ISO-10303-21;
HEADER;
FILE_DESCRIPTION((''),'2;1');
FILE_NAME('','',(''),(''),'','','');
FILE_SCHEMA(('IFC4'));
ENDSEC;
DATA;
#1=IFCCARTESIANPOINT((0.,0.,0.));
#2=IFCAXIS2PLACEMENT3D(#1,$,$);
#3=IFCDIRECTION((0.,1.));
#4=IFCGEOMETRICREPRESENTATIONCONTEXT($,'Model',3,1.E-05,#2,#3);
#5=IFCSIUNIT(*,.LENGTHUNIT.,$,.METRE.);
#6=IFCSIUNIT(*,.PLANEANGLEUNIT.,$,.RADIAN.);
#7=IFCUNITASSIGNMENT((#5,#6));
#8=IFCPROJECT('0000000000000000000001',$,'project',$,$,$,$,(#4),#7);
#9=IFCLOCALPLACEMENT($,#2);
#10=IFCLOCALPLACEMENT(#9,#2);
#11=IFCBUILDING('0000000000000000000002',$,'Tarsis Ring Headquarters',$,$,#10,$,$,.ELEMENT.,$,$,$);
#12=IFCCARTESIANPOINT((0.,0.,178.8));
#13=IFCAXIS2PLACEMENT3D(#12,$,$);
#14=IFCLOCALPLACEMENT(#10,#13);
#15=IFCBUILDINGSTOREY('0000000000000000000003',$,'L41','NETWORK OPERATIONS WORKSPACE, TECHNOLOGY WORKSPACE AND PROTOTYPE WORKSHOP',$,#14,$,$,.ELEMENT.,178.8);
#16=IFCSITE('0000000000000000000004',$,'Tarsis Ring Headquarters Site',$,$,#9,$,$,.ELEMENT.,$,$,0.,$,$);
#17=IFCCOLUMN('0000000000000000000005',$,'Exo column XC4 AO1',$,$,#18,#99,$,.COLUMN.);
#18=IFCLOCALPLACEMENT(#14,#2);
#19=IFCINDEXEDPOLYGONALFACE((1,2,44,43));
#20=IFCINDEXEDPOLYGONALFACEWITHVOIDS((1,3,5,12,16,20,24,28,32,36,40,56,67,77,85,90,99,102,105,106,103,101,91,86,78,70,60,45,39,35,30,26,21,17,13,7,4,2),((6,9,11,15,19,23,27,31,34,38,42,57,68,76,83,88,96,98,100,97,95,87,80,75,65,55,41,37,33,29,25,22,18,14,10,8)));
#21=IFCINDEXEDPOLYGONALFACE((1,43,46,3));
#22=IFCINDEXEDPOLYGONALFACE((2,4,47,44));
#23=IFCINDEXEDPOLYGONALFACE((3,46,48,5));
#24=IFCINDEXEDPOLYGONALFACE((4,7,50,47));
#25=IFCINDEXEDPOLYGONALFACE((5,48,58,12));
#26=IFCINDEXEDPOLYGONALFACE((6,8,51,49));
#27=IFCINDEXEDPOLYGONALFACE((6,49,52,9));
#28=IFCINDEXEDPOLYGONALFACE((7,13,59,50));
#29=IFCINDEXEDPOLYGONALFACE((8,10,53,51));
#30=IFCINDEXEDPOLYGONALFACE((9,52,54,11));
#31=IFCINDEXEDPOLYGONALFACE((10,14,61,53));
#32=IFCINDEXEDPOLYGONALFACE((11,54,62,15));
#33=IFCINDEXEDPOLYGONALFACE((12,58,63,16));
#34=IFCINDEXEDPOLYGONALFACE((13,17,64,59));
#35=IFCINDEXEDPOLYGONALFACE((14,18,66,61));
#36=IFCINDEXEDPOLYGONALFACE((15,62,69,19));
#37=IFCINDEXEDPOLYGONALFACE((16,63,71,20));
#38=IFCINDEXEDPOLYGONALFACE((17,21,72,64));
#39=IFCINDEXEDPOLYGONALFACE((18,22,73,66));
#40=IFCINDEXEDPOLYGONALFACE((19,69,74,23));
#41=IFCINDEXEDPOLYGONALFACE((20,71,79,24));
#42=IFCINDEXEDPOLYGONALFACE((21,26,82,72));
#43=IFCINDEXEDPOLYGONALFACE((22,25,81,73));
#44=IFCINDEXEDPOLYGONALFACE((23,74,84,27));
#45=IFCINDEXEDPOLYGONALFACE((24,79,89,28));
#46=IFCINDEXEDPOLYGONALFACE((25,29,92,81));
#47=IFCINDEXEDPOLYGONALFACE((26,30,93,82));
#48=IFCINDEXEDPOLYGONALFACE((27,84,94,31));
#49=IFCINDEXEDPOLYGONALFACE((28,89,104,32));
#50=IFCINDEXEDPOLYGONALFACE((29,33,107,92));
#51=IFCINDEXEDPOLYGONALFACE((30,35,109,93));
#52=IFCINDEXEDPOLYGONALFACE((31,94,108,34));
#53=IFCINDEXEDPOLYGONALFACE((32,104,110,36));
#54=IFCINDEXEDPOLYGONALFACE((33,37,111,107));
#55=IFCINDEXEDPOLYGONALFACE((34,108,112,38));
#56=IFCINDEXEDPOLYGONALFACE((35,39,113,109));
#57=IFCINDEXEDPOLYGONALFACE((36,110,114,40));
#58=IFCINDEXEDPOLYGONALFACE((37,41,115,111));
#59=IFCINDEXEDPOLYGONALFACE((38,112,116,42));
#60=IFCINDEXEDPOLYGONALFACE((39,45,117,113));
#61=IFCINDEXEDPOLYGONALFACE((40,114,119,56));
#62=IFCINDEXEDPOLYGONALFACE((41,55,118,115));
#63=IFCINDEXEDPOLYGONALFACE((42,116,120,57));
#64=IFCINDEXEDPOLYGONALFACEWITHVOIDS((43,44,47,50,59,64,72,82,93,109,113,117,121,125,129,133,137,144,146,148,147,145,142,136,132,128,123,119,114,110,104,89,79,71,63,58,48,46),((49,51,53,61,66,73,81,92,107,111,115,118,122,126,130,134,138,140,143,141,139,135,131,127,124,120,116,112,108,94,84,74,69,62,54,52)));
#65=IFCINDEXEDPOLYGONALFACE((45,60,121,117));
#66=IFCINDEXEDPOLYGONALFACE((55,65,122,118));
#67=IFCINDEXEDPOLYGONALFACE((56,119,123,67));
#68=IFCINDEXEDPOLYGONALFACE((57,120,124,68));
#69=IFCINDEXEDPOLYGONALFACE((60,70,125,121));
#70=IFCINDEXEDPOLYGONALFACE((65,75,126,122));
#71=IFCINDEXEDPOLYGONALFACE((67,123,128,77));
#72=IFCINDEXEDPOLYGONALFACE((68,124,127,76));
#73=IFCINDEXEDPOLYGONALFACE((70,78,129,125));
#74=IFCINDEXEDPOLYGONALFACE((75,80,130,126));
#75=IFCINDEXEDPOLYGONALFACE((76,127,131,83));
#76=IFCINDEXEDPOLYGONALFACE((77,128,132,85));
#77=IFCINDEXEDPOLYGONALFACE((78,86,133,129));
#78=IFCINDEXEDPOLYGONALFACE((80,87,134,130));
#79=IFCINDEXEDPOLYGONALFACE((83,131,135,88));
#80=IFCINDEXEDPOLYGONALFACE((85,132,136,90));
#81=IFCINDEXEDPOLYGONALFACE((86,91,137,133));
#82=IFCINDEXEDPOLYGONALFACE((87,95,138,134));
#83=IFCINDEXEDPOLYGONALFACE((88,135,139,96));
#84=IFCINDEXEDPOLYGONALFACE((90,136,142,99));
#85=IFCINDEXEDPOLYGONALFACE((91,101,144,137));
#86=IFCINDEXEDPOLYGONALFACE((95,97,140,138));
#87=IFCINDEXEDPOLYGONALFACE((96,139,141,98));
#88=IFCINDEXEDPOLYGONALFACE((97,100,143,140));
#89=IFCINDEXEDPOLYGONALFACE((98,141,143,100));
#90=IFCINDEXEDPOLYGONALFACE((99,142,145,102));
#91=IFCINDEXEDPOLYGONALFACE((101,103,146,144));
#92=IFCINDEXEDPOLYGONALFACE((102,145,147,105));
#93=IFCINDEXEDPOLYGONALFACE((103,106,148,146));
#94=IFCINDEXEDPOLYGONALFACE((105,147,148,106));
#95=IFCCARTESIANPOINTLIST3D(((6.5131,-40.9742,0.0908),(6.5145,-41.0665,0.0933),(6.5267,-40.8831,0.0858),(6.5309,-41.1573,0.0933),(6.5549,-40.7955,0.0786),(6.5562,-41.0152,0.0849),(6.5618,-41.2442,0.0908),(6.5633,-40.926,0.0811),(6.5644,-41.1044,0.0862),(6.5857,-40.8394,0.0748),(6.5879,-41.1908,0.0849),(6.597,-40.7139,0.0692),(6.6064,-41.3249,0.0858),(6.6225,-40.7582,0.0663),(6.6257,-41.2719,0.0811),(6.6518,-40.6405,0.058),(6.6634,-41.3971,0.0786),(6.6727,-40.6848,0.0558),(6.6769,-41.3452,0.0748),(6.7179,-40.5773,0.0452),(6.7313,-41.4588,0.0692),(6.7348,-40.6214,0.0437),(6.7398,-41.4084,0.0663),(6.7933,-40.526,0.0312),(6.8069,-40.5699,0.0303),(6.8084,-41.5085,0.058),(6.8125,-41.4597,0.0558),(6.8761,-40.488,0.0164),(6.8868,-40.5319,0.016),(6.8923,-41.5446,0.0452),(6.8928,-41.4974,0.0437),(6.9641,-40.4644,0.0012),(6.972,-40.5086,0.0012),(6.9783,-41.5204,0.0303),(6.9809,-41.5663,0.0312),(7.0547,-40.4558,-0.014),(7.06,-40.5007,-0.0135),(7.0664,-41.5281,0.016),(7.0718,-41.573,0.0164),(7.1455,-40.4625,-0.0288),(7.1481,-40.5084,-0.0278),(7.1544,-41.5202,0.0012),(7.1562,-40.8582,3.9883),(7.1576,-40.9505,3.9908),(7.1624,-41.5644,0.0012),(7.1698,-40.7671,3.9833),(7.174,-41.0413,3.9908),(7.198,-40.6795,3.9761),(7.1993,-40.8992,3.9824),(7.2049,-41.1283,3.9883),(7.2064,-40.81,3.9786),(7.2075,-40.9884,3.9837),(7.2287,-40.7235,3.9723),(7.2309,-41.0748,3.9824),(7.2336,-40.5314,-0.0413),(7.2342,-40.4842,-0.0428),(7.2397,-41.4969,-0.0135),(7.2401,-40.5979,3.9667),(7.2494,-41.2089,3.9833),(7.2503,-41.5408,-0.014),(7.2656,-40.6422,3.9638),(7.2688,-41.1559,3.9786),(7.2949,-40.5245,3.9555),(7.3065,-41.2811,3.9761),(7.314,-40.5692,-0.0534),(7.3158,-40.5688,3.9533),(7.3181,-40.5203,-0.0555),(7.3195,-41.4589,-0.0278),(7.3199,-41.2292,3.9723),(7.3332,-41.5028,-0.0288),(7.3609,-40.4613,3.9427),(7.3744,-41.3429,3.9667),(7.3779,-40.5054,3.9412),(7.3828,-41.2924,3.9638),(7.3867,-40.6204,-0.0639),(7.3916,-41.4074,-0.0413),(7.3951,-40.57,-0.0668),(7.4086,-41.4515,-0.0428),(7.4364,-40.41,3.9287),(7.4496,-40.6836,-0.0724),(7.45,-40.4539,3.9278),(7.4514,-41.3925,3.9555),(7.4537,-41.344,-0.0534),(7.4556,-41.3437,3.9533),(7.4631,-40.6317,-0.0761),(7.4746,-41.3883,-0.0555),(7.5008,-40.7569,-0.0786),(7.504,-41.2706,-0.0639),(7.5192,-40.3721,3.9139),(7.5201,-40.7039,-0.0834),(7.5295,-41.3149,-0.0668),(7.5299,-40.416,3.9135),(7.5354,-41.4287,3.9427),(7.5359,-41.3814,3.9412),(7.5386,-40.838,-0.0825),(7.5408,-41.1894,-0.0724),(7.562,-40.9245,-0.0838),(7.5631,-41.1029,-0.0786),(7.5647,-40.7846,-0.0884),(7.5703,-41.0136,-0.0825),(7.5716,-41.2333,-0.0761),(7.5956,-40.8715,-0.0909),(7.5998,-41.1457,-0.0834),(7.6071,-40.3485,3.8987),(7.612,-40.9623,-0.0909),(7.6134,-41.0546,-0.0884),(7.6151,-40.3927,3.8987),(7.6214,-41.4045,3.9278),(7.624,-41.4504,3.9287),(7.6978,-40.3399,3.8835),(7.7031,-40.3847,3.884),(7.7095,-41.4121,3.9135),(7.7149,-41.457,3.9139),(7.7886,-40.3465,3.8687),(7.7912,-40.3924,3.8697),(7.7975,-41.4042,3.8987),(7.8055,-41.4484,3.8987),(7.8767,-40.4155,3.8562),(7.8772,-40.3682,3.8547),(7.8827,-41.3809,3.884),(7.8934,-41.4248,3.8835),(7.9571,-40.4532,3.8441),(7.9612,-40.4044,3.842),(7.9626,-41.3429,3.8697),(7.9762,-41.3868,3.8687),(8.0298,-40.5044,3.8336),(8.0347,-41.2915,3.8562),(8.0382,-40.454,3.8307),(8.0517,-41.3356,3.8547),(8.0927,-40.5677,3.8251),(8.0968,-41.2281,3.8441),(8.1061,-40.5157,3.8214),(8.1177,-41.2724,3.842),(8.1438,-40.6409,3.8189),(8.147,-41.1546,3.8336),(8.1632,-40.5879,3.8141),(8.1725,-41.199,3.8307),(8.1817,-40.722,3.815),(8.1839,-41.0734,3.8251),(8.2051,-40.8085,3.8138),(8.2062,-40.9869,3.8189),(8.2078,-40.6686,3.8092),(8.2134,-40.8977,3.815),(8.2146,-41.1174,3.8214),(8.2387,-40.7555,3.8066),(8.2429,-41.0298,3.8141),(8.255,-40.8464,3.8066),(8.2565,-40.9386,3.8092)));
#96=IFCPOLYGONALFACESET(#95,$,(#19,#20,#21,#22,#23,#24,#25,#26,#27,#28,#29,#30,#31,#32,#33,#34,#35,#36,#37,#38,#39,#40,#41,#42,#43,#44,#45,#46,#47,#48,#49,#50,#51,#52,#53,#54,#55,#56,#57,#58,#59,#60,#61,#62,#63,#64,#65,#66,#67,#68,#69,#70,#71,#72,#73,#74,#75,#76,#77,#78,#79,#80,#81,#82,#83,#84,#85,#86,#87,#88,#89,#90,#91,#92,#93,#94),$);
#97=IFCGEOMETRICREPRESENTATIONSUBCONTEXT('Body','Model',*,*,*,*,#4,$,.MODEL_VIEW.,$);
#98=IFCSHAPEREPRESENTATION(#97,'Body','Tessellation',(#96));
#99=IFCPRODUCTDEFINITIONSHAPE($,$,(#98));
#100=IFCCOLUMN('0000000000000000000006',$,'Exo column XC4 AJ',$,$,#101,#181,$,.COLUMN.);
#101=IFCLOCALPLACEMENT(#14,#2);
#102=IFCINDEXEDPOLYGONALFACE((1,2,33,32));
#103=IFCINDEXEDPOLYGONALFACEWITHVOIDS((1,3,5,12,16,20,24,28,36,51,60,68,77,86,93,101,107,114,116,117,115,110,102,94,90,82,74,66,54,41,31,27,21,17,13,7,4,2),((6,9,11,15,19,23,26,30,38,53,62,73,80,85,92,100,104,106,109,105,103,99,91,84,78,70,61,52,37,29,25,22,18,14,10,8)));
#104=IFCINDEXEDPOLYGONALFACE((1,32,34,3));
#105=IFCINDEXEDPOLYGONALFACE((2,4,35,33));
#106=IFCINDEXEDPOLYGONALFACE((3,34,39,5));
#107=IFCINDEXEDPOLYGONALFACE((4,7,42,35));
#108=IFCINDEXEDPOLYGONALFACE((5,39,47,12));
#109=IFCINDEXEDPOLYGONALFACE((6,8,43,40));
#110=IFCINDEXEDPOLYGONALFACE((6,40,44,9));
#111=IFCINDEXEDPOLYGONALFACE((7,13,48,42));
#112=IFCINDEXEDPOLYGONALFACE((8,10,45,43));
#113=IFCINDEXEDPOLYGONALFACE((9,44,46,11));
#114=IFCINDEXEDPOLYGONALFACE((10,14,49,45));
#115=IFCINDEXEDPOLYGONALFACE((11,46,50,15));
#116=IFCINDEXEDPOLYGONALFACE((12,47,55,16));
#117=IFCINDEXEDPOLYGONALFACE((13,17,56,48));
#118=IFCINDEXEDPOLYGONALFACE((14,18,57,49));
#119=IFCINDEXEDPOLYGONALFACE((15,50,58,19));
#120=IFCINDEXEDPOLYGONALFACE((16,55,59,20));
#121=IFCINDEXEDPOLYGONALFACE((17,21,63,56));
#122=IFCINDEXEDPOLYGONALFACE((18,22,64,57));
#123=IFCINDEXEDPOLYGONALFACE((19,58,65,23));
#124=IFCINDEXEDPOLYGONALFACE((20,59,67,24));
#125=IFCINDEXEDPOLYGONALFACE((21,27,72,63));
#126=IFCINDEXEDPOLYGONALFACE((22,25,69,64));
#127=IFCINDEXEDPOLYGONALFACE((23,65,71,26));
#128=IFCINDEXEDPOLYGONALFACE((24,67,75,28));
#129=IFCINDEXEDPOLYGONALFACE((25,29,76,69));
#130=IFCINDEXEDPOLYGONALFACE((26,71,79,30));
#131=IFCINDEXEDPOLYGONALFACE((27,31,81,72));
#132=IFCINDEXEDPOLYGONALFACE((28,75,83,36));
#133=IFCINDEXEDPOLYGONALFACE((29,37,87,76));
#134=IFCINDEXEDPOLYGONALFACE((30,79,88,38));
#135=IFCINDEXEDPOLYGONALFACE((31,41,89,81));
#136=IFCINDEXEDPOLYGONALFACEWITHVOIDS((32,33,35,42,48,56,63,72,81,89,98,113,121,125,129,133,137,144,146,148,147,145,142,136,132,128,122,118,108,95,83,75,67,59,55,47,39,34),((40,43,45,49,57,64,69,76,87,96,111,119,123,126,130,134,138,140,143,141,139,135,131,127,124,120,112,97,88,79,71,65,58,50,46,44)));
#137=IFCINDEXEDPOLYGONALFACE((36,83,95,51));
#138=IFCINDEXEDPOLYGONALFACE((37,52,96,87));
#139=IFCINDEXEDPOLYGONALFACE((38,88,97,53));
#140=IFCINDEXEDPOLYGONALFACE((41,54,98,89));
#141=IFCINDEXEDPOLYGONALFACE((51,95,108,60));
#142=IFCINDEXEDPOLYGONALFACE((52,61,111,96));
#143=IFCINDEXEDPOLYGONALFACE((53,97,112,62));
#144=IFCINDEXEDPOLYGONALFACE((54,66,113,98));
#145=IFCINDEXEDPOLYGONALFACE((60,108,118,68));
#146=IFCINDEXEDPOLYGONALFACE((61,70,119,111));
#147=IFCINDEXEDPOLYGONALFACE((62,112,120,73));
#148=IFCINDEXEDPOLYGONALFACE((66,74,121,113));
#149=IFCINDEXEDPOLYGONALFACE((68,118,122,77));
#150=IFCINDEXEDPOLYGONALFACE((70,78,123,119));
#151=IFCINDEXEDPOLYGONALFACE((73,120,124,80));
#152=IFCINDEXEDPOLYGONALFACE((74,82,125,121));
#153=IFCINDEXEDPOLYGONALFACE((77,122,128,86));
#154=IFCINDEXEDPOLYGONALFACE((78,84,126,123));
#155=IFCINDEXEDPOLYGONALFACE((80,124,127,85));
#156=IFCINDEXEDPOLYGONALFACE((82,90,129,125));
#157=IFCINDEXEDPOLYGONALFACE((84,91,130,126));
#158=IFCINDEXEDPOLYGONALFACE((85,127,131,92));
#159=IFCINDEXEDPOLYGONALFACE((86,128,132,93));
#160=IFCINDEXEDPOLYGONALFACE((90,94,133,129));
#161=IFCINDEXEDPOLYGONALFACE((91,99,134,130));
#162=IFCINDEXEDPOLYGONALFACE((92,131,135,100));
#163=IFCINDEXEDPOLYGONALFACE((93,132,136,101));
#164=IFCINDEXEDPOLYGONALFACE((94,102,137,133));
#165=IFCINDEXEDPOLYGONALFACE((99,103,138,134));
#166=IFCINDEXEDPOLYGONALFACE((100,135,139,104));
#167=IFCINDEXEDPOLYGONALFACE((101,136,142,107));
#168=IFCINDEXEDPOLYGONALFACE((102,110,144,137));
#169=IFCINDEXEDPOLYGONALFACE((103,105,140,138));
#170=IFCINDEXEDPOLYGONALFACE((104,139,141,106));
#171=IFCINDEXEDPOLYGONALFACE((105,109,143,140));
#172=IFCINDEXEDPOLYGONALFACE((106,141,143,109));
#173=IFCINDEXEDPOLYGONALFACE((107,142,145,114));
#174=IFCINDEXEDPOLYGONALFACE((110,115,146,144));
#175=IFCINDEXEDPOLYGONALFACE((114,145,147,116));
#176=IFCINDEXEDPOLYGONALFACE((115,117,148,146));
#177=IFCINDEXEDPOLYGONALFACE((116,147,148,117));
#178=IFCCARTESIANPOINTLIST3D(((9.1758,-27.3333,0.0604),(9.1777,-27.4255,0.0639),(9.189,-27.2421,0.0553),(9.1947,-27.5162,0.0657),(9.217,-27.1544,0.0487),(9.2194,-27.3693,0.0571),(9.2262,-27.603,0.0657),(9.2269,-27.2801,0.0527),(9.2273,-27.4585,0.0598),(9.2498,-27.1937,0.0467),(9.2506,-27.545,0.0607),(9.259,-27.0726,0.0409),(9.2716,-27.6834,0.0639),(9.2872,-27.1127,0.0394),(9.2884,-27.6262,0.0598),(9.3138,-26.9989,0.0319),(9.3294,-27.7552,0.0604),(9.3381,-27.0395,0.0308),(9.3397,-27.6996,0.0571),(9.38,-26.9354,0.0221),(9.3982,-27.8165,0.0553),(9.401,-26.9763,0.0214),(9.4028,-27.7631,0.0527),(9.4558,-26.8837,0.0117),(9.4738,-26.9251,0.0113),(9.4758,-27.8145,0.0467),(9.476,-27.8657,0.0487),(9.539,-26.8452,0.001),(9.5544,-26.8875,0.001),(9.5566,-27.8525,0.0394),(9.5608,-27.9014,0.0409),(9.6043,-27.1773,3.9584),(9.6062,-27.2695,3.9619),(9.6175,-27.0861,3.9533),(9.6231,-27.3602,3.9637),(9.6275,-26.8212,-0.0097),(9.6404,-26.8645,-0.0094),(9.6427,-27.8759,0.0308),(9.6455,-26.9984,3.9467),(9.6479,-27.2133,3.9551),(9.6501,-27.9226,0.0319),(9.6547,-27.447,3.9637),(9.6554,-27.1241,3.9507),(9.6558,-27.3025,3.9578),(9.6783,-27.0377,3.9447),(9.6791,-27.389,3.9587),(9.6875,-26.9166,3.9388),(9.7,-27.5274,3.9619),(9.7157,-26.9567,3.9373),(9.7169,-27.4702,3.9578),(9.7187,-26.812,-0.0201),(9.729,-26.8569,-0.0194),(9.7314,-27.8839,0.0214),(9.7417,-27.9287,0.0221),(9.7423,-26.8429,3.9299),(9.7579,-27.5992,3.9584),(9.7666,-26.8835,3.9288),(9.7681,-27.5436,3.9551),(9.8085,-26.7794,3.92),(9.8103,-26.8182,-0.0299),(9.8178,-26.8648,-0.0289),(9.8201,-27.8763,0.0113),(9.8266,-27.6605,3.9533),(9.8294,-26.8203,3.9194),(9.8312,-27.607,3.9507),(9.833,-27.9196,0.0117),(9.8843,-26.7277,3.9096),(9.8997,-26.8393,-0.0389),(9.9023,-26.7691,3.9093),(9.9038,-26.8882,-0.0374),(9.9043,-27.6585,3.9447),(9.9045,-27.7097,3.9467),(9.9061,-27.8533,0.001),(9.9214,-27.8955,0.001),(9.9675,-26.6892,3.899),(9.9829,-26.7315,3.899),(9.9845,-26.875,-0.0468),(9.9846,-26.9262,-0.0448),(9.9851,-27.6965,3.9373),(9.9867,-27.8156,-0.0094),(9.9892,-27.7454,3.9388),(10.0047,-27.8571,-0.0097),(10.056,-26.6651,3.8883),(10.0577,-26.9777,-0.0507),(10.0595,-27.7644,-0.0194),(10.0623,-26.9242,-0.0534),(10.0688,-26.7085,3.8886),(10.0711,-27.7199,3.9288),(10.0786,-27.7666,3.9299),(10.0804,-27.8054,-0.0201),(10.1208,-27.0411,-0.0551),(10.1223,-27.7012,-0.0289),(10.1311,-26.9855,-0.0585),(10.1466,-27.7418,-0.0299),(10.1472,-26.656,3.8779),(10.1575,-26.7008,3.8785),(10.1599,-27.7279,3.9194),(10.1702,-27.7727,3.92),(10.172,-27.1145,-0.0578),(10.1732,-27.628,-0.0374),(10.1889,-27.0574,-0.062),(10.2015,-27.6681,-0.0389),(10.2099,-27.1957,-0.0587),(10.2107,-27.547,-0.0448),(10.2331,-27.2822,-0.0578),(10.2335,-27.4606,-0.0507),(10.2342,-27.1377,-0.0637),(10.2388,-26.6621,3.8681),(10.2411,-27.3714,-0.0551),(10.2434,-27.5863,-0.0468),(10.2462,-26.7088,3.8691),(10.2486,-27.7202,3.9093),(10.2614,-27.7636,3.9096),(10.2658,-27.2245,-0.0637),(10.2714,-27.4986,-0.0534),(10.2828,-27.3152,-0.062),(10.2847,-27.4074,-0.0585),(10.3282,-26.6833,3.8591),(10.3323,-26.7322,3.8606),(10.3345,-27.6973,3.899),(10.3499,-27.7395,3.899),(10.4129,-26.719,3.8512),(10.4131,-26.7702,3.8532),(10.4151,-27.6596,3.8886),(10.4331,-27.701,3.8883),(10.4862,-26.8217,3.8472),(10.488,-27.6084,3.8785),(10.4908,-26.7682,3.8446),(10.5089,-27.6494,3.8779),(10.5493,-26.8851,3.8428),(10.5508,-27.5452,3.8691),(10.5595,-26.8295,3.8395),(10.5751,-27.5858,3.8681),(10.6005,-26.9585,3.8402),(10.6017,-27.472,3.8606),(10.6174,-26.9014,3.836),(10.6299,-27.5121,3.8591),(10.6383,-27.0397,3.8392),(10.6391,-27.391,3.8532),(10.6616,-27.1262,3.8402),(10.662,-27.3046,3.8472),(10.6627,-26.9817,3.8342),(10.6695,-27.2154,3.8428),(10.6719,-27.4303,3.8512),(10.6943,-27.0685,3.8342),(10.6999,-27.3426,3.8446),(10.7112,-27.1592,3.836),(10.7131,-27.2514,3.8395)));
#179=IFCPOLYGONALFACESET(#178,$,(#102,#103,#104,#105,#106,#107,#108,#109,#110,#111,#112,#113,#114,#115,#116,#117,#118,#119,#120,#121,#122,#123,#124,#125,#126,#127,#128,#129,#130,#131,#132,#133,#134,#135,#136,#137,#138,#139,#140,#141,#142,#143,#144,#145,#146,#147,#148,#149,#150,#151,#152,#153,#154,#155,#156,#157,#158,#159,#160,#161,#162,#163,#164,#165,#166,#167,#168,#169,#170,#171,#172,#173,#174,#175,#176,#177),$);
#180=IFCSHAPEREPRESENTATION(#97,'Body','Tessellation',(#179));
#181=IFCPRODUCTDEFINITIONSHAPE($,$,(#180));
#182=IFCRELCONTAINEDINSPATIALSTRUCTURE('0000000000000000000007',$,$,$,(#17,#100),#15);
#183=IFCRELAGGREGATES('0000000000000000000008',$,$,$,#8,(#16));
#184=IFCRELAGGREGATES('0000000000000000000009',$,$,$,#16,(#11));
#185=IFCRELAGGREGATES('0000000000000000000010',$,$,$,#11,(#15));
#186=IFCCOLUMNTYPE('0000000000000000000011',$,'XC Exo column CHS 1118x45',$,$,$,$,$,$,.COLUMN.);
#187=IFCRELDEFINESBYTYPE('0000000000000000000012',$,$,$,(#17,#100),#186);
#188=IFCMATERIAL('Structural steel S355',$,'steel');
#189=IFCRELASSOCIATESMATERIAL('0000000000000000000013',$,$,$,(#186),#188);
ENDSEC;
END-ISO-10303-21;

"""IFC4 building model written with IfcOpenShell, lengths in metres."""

from ifc_helpers import new_model, si_unit, direction, frame, origin, origin_2d, place, context, subcontext, project, spatial, hollow_circle, extrude, material, material_profile, profile_set, type_object, element, save


model = new_model("IFC4")

# Units and contexts
model_context = context("Model", 3, precision=1e-05, world=origin(), true_north=direction((0.0, 1.0)))
body_context = subcontext(model_context, "Body", "Model", "MODEL_VIEW")
ifc_project = project(units=[si_unit("LENGTHUNIT", "METRE"), si_unit("PLANEANGLEUNIT", "RADIAN")], contexts=[model_context])

# Site, building, storey
site_placement = place(None, origin())
site = spatial("IfcSite", under=ifc_project, at=site_placement, Name="Tarsis Ring Headquarters Site", CompositionType="ELEMENT", RefElevation=0.0)
building_placement = place(site_placement, origin())
building = spatial("IfcBuilding", under=site, at=building_placement, Name="Tarsis Ring Headquarters", CompositionType="ELEMENT")
storey_placement = place(building_placement, frame((0.0, 0.0, 178.8)))
storey = spatial("IfcBuildingStorey", under=building, at=storey_placement, Name="L41", Description="NETWORK OPERATIONS WORKSPACE, TECHNOLOGY WORKSPACE AND PROTOTYPE WORKSHOP", CompositionType="ELEMENT", Elevation=178.8)

# Columns
ifc_material_1 = material(Name="Structural steel S355", Category="steel")
ifc_material_profile_1 = material_profile(ifc_material_1, hollow_circle(Radius=0.5588, WallThickness=0.0449, at=origin_2d()), Name="CHS 1118x45")
ifc_profile_set_1 = profile_set([ifc_material_profile_1], Name="Structural steel S355")
column_type = type_object("IfcColumnType", Name="XC Exo column CHS 1118x45", PredefinedType="COLUMN", material=ifc_profile_set_1)
column_placement = place(storey_placement, frame((7.0632, -41.0144, 0.0012), z_axis=(0.162725, 0.029345, 0.986235), x_axis=(-0.177471, 0.984126, 0.0)))
element("IfcColumn", 1, at=column_placement, inside=storey, type_object=column_type, Name="Exo column XC4 AO1", PredefinedType="COLUMN", context=body_context, shape_type="SweptSolid", body=[
    extrude(hollow_circle(Radius=0.5588, WallThickness=0.0449, at=origin_2d()), origin(), (0.0, 0.0, 1.0), 3.9519),
])
for number, where, z_axis, x_axis, name in (
    (2, (9.7302, -27.3704, 0.001), (0.109177, 0.039751, 0.993227), (-0.34213, 0.939653, 0.0), "Exo column XC4 AJ"),
):
    element("IfcColumn", number, at=place(storey_placement, frame(where, z_axis=z_axis, x_axis=x_axis)), inside=storey, type_object=column_type, Name=name, PredefinedType="COLUMN", context=body_context, shape_type="SweptSolid", body=[
        extrude(hollow_circle(Radius=0.5588, WallThickness=0.0449, at=origin_2d()), origin(), (0.0, 0.0, 1.0), 3.9246),
    ])

save(model, "model.ifc")
